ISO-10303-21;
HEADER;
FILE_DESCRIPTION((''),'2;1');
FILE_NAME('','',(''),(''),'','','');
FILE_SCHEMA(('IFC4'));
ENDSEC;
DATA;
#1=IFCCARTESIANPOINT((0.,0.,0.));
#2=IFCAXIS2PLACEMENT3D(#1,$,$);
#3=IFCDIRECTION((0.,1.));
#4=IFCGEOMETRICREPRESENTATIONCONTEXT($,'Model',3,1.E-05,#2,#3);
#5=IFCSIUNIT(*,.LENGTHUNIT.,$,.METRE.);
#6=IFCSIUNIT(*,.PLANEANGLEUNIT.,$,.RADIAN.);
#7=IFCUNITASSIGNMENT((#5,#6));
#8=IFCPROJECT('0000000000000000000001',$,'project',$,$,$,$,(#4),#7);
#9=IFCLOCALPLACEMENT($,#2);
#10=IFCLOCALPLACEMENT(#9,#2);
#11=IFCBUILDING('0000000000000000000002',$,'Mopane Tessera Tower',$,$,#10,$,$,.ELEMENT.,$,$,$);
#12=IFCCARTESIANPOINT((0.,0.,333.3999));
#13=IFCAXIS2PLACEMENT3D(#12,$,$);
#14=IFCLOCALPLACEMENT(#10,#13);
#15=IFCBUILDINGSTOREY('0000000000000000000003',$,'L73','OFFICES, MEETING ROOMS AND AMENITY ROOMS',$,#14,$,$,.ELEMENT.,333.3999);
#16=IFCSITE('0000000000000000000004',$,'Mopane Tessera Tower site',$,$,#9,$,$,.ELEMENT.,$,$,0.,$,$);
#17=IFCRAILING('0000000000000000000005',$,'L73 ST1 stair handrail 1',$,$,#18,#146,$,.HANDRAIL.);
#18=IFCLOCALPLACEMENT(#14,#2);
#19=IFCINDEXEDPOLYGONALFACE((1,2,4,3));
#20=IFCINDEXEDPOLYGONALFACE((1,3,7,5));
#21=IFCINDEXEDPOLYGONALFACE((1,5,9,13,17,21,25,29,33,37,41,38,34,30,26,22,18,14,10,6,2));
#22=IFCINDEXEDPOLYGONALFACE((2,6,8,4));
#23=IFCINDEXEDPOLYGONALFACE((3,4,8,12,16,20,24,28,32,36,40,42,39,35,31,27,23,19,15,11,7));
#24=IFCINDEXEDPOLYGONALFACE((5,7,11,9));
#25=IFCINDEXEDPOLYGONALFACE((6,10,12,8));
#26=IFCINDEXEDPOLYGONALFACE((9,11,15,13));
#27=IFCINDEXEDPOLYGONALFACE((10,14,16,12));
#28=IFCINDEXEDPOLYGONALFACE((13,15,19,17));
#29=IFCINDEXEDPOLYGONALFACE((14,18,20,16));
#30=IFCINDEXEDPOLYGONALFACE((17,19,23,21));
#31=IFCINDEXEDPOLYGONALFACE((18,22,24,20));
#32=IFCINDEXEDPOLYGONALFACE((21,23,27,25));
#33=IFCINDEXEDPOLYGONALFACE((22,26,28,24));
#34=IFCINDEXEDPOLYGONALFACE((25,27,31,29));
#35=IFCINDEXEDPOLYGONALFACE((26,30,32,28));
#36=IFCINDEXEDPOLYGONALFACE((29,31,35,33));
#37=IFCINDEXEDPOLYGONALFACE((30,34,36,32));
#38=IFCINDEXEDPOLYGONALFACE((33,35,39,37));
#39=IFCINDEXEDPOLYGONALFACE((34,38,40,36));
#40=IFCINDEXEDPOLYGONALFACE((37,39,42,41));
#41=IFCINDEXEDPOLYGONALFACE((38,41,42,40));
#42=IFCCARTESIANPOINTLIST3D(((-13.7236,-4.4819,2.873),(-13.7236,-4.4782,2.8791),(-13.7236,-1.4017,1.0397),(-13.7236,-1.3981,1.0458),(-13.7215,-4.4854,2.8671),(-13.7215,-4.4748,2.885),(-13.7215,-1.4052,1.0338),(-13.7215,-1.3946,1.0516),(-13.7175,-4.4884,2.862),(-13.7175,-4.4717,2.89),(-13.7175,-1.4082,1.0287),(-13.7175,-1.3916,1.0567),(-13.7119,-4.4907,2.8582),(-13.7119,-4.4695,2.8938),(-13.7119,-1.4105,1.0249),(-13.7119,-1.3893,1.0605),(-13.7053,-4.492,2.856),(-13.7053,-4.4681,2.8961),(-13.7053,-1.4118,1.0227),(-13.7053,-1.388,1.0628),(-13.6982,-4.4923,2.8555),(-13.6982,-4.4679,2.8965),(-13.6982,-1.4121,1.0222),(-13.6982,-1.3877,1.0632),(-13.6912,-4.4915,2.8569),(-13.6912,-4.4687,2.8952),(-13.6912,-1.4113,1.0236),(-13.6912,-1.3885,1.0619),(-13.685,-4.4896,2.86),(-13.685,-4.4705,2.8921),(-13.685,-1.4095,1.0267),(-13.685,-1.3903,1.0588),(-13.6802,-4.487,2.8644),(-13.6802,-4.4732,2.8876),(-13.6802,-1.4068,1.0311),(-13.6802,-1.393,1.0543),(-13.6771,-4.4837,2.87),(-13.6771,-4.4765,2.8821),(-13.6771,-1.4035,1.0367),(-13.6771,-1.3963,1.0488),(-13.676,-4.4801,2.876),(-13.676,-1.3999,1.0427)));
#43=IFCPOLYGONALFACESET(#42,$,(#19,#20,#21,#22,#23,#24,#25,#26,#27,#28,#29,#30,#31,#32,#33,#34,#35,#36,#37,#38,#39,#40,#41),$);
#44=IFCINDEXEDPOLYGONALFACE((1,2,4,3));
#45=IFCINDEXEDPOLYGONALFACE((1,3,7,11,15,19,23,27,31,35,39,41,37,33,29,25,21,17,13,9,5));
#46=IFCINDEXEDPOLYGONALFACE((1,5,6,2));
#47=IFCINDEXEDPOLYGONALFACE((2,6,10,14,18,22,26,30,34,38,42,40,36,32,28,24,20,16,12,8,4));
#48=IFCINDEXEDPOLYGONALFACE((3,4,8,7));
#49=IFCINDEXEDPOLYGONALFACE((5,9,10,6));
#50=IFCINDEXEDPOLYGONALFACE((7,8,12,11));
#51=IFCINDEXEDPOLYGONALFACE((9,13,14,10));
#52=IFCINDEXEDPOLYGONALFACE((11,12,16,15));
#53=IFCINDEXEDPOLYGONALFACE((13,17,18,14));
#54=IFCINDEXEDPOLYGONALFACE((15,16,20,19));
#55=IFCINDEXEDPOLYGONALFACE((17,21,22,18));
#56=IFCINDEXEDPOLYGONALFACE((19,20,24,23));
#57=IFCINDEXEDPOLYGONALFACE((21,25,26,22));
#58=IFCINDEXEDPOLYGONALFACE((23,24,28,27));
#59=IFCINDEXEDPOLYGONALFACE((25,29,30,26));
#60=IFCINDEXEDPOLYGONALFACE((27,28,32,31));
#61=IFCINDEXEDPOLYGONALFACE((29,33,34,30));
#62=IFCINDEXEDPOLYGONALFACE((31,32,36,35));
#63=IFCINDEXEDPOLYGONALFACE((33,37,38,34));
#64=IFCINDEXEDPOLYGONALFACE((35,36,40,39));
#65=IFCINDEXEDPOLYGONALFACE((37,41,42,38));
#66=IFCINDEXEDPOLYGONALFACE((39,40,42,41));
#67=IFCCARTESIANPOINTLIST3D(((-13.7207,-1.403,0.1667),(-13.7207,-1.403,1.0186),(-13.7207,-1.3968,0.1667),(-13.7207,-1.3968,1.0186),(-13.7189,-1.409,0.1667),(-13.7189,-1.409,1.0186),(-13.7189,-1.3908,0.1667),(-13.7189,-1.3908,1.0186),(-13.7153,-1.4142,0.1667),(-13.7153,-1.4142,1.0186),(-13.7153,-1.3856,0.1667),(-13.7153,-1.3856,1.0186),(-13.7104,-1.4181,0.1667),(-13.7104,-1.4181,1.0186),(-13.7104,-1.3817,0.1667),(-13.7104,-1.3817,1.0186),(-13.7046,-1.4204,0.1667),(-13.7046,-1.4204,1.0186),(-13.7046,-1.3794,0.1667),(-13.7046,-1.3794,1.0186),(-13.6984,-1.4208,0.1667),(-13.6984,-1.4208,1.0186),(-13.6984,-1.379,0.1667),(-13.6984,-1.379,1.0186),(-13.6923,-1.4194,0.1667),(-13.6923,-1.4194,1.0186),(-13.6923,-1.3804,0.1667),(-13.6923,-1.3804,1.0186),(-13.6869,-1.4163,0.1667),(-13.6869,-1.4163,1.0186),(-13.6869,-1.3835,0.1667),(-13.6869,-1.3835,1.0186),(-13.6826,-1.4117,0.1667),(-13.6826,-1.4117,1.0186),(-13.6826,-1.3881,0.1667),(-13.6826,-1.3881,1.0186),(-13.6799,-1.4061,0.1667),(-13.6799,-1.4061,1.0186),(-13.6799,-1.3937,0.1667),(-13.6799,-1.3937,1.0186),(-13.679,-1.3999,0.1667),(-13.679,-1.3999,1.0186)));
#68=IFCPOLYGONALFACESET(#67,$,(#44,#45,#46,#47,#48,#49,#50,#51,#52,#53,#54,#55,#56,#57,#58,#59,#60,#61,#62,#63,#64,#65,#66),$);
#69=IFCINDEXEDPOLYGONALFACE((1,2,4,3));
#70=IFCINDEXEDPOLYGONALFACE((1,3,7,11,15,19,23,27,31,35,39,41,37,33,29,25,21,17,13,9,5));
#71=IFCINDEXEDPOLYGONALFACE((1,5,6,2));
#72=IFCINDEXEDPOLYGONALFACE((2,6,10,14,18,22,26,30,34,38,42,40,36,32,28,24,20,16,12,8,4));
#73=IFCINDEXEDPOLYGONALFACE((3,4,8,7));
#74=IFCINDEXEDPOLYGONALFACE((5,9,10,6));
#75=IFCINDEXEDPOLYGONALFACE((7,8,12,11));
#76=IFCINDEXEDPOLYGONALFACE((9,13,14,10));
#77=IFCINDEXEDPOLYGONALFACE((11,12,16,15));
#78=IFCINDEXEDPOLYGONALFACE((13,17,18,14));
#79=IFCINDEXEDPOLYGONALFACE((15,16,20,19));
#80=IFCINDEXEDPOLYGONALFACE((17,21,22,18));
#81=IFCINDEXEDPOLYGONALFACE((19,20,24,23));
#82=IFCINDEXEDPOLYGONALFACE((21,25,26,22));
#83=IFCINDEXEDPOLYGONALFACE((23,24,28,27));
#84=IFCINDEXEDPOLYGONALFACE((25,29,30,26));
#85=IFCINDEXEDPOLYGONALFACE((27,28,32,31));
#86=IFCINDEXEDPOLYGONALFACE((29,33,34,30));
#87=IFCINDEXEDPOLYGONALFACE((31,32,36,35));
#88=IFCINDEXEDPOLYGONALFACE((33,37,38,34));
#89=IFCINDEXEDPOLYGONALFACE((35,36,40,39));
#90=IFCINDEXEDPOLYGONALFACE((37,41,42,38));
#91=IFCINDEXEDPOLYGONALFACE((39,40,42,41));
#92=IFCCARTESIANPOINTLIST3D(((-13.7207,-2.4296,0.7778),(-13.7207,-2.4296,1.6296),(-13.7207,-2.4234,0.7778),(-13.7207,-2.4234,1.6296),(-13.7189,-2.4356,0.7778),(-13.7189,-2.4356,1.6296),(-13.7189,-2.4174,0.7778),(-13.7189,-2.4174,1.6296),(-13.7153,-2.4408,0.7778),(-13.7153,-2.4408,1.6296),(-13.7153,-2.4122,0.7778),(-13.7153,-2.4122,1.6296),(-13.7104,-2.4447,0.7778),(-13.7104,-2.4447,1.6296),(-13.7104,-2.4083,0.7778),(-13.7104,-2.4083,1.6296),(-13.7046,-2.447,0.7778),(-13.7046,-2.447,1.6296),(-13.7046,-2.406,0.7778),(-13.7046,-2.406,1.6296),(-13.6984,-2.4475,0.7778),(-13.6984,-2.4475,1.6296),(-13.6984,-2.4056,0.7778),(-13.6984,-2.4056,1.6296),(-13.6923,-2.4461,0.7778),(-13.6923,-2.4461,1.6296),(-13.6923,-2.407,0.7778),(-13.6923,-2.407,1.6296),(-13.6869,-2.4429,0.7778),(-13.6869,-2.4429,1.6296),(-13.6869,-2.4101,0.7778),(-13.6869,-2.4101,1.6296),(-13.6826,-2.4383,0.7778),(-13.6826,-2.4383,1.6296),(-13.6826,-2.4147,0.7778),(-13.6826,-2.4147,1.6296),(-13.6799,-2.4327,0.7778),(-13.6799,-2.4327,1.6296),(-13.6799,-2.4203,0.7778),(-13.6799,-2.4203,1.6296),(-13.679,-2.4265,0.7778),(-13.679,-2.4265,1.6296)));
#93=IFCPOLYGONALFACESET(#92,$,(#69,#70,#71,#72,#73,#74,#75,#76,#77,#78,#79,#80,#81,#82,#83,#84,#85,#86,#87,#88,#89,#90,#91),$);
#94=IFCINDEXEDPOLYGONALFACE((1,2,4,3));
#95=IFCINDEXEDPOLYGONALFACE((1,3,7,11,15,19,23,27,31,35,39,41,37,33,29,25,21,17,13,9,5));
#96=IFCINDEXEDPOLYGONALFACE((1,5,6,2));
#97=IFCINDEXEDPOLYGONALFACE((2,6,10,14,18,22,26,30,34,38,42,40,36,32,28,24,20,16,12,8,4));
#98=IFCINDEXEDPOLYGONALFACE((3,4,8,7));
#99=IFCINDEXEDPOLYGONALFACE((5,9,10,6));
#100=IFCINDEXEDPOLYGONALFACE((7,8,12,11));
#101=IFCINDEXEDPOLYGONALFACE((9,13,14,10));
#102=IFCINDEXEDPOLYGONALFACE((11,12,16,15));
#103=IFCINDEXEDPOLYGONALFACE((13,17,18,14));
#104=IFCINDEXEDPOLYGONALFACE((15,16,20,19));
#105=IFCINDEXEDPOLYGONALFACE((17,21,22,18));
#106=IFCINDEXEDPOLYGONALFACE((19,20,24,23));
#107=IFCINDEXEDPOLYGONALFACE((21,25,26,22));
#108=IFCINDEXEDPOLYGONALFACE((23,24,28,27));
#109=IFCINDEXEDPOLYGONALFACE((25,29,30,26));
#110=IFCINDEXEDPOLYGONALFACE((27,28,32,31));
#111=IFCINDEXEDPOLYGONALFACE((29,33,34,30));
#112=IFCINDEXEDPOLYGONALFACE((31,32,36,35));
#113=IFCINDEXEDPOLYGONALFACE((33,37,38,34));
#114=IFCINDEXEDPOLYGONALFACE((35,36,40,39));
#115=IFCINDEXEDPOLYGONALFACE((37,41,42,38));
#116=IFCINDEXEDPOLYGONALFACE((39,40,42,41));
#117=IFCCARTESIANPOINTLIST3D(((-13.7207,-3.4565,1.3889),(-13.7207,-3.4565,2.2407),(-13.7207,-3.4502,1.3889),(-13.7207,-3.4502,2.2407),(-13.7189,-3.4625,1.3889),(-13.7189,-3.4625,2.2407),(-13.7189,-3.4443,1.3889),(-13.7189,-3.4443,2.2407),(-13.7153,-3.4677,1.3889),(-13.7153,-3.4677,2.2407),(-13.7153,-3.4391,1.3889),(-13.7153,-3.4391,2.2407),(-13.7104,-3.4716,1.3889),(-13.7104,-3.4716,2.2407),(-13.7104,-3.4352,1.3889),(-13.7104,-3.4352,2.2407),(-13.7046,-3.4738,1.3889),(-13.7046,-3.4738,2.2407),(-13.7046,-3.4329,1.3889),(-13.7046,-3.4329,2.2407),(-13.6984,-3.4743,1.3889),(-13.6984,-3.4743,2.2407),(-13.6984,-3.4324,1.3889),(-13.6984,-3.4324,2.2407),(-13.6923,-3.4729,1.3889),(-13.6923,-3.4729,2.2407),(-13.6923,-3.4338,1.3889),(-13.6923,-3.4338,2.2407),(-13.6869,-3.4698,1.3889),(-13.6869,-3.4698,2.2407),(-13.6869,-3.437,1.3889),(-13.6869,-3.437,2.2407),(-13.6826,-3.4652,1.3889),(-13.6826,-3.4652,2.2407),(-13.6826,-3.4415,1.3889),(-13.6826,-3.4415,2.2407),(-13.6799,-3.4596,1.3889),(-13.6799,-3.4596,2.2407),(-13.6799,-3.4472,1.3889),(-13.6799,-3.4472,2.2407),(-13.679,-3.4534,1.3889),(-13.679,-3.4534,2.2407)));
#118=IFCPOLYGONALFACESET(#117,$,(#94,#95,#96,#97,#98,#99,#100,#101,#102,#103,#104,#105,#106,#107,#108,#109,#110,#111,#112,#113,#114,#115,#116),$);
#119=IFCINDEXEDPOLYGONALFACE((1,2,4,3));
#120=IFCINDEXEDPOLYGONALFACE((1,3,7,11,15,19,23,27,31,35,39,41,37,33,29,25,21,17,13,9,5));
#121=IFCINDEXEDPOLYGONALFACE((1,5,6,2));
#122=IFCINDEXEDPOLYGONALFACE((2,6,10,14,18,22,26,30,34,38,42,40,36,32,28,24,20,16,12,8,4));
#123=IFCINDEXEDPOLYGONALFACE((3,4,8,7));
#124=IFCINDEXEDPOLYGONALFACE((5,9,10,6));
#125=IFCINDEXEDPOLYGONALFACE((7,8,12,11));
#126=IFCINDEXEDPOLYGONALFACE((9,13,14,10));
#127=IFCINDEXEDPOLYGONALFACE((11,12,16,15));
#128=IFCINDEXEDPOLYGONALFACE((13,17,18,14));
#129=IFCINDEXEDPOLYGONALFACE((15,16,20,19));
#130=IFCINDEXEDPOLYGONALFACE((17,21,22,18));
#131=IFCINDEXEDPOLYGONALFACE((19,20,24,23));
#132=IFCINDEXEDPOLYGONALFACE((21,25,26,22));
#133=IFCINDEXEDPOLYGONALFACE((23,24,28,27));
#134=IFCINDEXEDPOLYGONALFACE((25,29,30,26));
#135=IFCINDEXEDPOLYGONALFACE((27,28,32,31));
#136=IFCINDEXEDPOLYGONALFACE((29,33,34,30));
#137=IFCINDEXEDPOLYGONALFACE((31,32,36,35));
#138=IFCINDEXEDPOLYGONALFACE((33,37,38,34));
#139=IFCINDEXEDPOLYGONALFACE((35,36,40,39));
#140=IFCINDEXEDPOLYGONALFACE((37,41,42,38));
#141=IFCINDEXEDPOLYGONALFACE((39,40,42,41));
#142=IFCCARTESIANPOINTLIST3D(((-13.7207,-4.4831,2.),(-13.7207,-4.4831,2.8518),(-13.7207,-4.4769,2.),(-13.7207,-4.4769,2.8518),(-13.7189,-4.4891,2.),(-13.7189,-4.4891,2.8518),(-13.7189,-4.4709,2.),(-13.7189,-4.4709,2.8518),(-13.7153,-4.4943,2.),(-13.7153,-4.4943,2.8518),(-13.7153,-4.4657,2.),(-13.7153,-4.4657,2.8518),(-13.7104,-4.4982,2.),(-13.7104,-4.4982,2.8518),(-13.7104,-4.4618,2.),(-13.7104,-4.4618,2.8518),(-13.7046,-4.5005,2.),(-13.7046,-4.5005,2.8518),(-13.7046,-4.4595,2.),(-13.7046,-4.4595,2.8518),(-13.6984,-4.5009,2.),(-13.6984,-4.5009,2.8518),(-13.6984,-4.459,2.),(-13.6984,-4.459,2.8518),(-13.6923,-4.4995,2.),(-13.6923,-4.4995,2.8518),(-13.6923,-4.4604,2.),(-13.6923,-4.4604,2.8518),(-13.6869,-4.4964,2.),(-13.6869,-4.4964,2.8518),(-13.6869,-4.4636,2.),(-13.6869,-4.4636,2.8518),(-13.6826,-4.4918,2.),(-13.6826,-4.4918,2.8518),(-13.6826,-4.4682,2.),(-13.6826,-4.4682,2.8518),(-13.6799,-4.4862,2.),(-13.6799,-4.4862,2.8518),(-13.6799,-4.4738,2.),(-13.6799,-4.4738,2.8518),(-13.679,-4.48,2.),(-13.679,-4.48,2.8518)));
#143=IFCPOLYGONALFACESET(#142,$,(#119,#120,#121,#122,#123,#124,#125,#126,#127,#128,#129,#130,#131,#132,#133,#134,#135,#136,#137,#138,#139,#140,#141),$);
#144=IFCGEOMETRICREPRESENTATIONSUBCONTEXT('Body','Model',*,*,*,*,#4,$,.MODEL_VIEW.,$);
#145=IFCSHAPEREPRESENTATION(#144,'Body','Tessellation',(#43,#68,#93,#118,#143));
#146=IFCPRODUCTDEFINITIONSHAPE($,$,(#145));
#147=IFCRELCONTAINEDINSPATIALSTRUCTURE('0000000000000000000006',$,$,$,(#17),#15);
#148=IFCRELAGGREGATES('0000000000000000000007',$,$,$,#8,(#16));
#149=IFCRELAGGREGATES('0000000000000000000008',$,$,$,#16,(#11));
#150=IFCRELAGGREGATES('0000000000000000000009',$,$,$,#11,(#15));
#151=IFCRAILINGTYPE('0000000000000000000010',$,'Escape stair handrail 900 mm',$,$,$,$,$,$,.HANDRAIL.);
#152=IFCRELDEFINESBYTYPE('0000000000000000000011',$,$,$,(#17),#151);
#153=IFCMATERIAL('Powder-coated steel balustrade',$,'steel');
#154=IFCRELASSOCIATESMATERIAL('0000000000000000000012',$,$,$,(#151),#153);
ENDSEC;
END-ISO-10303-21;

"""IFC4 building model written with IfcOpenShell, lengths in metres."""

from ifc_helpers import new_model, si_unit, direction, frame, origin, origin_2d, place, context, subcontext, project, spatial, circle, extrude, material, type_object, element, save


model = new_model("IFC4")

# Units and contexts
model_context = context("Model", 3, precision=1e-05, world=origin(), true_north=direction((0.0, 1.0)))
body_context = subcontext(model_context, "Body", "Model", "MODEL_VIEW")
ifc_project = project(units=[si_unit("LENGTHUNIT", "METRE"), si_unit("PLANEANGLEUNIT", "RADIAN")], contexts=[model_context])

# Site, building, storey
site_placement = place(None, origin())
site = spatial("IfcSite", under=ifc_project, at=site_placement, Name="Mopane Tessera Tower site", CompositionType="ELEMENT", RefElevation=0.0)
building_placement = place(site_placement, origin())
building = spatial("IfcBuilding", under=site, at=building_placement, Name="Mopane Tessera Tower", CompositionType="ELEMENT")
storey_placement = place(building_placement, frame((0.0, 0.0, 333.3999)))
storey = spatial("IfcBuildingStorey", under=building, at=storey_placement, Name="L73", Description="OFFICES, MEETING ROOMS AND AMENITY ROOMS", CompositionType="ELEMENT", Elevation=333.3999)

# Railing
ifc_material_1 = material(Name="Powder-coated steel balustrade", Category="steel")
railing_type_1 = type_object("IfcRailingType", Name="Escape stair handrail 900 mm", PredefinedType="HANDRAIL", material=ifc_material_1)
railing_1_placement = place(storey_placement, frame((-13.7, -1.3999, 0.1667)))
element("IfcRailing", 1, at=railing_1_placement, inside=storey, type_object=railing_type_1, Name="L73 ST1 stair handrail 1", PredefinedType="HANDRAIL", context=body_context, shape_type="SweptSolid", body=[
    extrude(circle(Radius=0.0239, at=origin_2d()), frame((0.0, 0.0, 0.876), z_axis=(0.0, -0.859309, 0.511458), x_axis=(1.0, 0.0, 0.0)), (0.0, 0.0, 1.0), 3.5845),
    extrude(circle(Radius=0.021, at=origin_2d()), origin(), (0.0, 0.0, 1.0), 0.8518),
    extrude(circle(Radius=0.021, at=origin_2d()), frame((0.0, -1.0266, 0.6111)), (0.0, 0.0, 1.0), 0.8518),
    extrude(circle(Radius=0.021, at=origin_2d()), frame((0.0, -2.0535, 1.2222)), (0.0, 0.0, 1.0), 0.8518),
    extrude(circle(Radius=0.021, at=origin_2d()), frame((0.0, -3.0801, 1.8333)), (0.0, 0.0, 1.0), 0.8518),
])

save(model, "model.ifc")
